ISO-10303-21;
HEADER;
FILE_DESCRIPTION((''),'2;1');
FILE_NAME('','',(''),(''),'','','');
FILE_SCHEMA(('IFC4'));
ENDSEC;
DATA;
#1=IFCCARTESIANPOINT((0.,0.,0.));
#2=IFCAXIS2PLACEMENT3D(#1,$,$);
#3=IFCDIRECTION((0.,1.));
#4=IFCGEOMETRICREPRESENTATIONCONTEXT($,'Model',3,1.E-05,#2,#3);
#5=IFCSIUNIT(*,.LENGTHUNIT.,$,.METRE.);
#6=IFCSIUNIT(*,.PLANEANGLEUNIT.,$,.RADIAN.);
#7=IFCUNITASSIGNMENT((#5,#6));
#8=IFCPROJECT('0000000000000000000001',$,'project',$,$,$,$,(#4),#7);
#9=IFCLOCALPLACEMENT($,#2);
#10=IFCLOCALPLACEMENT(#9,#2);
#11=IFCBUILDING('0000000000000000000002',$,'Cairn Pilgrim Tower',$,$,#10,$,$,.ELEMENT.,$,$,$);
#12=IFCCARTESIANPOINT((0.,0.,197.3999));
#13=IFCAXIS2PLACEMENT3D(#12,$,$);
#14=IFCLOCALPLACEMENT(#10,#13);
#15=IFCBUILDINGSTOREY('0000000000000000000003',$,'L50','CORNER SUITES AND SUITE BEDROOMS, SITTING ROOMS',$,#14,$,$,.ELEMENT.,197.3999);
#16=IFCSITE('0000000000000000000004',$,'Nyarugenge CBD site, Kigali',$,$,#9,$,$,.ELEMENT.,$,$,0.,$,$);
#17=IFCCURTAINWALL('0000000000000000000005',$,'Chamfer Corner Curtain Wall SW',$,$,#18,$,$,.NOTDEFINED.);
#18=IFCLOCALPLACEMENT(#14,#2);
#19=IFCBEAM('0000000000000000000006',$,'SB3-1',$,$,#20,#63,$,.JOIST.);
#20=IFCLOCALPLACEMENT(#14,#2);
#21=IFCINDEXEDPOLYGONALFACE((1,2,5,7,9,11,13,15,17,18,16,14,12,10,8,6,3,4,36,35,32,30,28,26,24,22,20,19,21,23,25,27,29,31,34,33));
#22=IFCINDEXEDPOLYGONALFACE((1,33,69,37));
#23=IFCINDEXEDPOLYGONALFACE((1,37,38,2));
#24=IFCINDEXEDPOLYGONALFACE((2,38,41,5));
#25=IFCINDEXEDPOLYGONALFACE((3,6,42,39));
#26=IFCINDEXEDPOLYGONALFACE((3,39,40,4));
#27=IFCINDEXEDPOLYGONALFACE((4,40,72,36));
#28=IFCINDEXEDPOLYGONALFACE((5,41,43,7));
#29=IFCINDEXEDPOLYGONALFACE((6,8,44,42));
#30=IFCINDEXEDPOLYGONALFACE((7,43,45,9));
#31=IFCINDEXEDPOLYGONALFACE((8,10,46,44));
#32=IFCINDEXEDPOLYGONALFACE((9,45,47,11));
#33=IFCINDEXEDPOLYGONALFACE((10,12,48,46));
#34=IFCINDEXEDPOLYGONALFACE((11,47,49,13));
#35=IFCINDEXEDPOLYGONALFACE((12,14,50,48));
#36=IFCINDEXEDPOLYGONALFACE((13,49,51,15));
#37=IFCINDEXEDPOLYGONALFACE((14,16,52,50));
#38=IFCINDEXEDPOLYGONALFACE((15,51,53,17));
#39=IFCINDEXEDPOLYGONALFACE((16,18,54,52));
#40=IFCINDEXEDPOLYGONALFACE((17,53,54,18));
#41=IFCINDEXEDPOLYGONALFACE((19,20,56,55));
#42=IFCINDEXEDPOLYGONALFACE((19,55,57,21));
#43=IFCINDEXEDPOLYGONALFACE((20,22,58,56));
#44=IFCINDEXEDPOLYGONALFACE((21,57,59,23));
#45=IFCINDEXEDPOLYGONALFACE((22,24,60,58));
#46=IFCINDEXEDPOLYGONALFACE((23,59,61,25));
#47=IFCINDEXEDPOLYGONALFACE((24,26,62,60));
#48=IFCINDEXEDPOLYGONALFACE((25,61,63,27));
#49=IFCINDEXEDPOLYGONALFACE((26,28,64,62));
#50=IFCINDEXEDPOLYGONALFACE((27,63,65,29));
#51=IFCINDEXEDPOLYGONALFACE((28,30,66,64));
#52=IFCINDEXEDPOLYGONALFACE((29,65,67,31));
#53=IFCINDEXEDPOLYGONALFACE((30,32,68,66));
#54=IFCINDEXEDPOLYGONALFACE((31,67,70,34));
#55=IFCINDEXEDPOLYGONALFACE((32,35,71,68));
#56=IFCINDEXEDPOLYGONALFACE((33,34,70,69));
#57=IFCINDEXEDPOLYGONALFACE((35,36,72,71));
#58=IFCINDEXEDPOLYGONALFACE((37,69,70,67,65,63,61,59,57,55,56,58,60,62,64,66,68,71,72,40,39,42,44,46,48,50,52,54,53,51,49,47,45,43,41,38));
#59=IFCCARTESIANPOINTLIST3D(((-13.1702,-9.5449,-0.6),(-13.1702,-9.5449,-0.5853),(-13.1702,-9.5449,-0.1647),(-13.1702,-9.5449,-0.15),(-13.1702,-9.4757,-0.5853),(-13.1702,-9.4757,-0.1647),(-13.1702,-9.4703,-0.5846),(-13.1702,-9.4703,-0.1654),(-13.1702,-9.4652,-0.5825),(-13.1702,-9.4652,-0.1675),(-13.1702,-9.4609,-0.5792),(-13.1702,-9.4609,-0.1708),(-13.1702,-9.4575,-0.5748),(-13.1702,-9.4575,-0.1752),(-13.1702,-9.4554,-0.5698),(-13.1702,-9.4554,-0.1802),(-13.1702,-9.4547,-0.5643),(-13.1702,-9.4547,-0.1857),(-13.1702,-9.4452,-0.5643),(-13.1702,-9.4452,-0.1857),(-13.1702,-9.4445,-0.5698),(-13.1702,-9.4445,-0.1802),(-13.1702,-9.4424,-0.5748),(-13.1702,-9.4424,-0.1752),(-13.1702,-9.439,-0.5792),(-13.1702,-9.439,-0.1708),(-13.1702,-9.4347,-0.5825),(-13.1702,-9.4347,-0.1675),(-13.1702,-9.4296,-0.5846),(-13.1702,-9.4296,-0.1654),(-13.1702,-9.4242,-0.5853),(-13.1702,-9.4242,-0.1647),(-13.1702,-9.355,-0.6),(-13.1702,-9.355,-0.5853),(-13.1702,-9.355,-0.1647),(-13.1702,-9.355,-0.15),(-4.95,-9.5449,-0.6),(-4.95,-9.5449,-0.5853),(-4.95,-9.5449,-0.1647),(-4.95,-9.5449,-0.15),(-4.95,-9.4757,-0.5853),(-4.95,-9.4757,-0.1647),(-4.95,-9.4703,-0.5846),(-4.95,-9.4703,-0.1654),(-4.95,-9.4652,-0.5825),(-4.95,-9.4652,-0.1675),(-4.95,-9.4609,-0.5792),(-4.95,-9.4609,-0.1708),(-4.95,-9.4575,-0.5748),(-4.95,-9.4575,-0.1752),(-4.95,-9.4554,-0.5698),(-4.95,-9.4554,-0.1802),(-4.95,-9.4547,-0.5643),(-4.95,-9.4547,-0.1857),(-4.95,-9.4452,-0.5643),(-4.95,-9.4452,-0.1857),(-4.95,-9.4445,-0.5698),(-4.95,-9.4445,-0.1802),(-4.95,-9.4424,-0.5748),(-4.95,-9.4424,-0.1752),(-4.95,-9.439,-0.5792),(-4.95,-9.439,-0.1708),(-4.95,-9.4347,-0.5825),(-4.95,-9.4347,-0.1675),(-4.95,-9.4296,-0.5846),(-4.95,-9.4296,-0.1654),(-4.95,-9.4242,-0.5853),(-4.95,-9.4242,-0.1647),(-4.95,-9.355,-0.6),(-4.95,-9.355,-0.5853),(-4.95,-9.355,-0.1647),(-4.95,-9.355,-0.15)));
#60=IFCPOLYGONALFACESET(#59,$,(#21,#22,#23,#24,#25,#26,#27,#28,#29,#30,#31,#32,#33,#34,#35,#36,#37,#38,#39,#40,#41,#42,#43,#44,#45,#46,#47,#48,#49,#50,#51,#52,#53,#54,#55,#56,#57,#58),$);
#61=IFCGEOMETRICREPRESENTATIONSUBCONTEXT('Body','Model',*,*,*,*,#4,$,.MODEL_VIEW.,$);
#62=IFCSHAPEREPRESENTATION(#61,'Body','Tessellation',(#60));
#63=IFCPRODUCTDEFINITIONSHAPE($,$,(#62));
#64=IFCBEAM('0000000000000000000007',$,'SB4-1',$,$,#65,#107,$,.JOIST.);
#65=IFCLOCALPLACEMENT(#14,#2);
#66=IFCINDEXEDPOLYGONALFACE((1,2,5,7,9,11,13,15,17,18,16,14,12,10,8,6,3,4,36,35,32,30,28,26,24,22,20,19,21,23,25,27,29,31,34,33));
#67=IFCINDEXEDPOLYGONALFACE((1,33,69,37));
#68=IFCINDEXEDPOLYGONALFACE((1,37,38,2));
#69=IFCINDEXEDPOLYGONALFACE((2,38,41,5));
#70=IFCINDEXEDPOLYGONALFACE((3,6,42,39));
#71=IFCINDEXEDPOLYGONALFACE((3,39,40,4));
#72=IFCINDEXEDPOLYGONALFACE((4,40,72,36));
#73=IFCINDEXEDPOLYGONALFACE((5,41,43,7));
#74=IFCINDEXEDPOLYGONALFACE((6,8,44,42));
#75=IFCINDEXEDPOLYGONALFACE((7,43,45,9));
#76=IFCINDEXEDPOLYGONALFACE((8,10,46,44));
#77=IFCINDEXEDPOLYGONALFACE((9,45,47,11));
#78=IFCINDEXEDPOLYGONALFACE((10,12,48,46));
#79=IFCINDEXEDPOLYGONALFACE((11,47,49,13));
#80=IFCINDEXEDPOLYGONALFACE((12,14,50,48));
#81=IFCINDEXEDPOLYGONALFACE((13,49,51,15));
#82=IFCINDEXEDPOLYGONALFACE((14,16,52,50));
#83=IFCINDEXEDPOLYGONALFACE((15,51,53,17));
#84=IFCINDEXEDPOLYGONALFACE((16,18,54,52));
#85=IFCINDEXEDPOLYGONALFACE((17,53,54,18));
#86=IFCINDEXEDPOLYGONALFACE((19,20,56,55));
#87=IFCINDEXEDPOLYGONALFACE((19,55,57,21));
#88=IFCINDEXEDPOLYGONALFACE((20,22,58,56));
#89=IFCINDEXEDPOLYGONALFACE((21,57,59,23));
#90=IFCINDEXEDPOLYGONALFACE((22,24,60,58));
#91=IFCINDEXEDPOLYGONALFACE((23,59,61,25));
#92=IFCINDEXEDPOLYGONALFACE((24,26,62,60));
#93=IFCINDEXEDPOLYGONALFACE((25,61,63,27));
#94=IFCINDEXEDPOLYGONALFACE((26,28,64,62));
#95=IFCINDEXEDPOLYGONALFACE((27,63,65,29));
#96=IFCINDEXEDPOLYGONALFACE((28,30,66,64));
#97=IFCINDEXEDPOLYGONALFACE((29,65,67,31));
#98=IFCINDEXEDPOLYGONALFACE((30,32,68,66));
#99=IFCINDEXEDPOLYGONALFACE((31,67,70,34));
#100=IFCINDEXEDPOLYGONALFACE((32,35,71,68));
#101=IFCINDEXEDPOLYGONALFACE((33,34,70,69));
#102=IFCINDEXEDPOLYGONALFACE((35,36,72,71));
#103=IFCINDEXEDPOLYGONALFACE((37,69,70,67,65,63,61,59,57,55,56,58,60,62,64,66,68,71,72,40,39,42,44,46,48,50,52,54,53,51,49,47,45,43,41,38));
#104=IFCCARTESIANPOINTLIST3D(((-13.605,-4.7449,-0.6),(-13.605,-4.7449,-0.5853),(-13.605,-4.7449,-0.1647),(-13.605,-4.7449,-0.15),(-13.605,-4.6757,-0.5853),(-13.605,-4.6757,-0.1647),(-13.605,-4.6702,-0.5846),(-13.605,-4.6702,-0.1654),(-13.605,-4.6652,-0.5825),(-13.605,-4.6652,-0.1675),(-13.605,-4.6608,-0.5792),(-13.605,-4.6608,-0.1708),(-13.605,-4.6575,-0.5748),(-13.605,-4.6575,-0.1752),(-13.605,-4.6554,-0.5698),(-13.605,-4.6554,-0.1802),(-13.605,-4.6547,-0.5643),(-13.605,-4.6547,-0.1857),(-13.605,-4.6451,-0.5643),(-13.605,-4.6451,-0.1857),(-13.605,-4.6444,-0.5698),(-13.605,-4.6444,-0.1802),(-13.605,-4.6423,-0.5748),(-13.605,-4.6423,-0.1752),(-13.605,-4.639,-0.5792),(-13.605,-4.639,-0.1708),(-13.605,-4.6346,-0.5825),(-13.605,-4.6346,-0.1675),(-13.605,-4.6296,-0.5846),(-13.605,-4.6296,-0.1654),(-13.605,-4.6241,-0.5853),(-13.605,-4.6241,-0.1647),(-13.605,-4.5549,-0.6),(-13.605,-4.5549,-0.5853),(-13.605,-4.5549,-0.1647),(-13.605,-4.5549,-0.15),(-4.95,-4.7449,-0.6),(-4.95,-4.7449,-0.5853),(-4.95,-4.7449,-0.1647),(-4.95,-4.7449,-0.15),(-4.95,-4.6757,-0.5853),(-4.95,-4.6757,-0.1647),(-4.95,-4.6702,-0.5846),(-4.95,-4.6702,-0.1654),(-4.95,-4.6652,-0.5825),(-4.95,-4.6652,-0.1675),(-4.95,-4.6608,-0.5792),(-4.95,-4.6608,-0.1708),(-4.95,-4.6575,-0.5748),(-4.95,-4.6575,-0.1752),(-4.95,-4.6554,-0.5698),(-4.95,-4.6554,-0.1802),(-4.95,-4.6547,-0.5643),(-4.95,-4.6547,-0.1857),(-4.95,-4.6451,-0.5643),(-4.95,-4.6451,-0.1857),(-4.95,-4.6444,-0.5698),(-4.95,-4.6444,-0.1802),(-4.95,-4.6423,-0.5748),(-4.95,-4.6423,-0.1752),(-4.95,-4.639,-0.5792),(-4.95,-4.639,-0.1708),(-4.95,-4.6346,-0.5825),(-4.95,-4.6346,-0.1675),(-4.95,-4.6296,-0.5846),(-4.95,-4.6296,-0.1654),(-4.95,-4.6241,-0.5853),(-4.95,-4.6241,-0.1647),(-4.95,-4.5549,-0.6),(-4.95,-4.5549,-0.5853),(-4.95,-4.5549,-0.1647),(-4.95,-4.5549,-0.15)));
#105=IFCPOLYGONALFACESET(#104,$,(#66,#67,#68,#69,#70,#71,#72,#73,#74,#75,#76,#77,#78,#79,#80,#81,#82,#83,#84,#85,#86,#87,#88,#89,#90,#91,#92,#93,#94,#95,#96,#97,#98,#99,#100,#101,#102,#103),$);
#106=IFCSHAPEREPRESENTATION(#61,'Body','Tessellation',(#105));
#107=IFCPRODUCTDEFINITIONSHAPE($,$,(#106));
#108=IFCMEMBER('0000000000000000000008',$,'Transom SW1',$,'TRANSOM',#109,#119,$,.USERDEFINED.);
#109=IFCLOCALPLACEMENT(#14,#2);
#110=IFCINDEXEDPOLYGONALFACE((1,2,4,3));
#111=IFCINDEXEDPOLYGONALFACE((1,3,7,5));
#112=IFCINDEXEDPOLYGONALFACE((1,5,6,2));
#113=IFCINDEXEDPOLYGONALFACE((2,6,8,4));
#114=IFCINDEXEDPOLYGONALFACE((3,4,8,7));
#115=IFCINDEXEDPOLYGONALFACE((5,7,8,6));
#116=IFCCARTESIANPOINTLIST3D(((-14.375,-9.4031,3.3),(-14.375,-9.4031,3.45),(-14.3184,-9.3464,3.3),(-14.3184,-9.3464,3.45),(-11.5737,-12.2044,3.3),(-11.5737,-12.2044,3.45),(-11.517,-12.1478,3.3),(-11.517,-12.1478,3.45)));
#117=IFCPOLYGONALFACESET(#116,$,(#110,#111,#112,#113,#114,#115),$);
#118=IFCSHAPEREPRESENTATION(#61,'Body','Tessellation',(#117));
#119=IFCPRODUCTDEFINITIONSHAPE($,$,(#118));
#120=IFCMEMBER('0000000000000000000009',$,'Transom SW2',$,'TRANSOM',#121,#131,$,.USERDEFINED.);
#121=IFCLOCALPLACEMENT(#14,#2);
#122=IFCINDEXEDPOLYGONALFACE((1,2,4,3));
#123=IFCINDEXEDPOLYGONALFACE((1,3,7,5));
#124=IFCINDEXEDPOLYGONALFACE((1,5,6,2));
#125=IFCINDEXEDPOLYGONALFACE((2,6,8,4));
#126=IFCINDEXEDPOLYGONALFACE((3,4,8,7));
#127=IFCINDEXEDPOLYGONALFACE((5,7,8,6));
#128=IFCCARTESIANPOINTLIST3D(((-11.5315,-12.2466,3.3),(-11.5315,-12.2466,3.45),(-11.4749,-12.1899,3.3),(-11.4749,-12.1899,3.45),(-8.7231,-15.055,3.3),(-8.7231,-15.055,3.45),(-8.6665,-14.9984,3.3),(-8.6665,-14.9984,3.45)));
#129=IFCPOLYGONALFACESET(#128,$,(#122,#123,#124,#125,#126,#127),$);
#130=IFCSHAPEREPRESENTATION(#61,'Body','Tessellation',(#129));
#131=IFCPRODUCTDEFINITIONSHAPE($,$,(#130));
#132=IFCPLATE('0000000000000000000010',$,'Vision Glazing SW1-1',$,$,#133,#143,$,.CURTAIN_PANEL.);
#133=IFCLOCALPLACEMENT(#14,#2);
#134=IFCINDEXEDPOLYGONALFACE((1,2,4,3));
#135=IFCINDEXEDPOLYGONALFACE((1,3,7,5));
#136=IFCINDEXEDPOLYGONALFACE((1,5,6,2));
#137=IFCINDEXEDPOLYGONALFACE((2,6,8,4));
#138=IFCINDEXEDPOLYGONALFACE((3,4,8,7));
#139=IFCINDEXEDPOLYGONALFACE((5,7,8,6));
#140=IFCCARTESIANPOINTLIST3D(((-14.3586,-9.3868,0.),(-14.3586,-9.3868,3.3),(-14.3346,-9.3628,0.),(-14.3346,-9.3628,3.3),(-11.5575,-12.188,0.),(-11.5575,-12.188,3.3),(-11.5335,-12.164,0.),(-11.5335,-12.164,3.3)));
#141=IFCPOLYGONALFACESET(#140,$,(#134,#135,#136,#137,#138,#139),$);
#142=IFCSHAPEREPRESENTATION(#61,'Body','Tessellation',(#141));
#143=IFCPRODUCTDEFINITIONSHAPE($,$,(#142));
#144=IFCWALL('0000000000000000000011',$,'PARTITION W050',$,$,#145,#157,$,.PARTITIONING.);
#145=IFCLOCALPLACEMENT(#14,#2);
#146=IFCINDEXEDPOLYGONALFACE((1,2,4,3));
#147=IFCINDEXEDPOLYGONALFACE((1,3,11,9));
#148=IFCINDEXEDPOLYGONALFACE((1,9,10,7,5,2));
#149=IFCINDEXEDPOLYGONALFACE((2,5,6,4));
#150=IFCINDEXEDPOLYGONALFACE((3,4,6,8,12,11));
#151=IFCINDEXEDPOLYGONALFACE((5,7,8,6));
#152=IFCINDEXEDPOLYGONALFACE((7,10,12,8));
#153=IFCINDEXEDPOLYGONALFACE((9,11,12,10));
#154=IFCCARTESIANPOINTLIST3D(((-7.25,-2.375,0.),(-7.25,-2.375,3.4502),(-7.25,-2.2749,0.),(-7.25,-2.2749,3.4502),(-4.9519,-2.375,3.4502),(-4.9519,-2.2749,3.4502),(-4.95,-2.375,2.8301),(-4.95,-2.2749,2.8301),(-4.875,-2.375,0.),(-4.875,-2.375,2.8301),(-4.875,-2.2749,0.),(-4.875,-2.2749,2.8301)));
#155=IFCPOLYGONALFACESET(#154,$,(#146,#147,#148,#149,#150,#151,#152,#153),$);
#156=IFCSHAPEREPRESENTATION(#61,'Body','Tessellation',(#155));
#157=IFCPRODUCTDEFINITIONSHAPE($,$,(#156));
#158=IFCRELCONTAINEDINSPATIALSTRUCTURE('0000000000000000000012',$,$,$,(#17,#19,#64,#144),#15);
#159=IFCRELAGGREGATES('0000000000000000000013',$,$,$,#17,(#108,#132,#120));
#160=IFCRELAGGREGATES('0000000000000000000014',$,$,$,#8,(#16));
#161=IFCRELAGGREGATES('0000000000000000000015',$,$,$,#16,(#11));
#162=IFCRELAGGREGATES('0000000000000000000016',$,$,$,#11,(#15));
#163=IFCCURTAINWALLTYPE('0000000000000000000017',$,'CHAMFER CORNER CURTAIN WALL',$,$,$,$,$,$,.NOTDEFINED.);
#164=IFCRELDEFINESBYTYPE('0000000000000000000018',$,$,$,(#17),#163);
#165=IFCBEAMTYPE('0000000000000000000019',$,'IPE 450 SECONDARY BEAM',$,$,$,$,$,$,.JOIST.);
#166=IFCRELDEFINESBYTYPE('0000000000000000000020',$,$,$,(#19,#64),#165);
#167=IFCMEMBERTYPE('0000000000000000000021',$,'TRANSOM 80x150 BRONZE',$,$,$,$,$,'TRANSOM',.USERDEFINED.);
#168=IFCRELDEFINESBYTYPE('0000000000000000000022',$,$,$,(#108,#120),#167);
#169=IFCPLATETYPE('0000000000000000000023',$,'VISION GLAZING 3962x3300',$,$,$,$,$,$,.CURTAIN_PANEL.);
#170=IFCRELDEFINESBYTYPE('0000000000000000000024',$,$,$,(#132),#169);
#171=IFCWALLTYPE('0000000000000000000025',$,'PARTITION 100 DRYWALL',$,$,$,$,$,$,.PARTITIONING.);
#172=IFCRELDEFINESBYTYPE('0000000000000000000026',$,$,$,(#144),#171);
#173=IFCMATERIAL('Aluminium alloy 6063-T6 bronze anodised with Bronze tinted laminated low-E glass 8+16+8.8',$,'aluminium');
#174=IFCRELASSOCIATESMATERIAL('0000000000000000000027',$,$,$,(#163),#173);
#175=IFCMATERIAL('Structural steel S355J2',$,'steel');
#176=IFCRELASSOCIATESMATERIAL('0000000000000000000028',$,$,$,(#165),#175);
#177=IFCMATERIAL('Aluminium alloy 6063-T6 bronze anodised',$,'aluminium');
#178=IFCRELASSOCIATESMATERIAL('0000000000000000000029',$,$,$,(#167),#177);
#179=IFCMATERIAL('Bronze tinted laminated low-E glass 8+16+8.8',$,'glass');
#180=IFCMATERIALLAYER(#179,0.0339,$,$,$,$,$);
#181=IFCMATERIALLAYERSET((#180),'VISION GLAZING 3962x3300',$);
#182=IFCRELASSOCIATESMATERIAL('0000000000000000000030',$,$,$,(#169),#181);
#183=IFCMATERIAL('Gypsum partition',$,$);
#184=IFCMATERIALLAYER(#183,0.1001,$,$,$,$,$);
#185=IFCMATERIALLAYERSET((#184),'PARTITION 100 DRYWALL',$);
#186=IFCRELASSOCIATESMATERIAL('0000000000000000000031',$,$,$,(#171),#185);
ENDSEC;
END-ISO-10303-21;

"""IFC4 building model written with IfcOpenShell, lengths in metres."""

from ifc_helpers import new_model, si_unit, direction, frame, origin, origin_2d, place, context, subcontext, project, spatial, polyline, rectangle, i_section, outline, extrude, material, layer, layer_set, material_profile, profile_set, type_object, element, aggregate, save


model = new_model("IFC4")

# Units and contexts
model_context = context("Model", 3, precision=1e-05, world=origin(), true_north=direction((0.0, 1.0)))
body_context = subcontext(model_context, "Body", "Model", "MODEL_VIEW")
ifc_project = project(units=[si_unit("LENGTHUNIT", "METRE"), si_unit("PLANEANGLEUNIT", "RADIAN")], contexts=[model_context])

# Site, building, storey
site_placement = place(None, origin())
site = spatial("IfcSite", under=ifc_project, at=site_placement, Name="Nyarugenge CBD site, Kigali", CompositionType="ELEMENT", RefElevation=0.0)
building_placement = place(site_placement, origin())
building = spatial("IfcBuilding", under=site, at=building_placement, Name="Cairn Pilgrim Tower", CompositionType="ELEMENT")
storey_placement = place(building_placement, frame((0.0, 0.0, 197.3999)))
storey = spatial("IfcBuildingStorey", under=building, at=storey_placement, Name="L50", Description="CORNER SUITES AND SUITE BEDROOMS, SITTING ROOMS", CompositionType="ELEMENT", Elevation=197.3999)

# Shared definitions
ifc_material_1 = material(Name="Structural steel S355J2", Category="steel")

# Shared definitions
ifc_material_2 = material(Name="Aluminium alloy 6063-T6 bronze anodised with Bronze tinted laminated low-E glass 8+16+8.8", Category="aluminium")
ifc_material_3 = material(Name="Aluminium alloy 6063-T6 bronze anodised", Category="aluminium")

# Curtain wall
curtain_wall_type_1 = type_object("IfcCurtainWallType", Name="CHAMFER CORNER CURTAIN WALL", PredefinedType="NOTDEFINED", material=ifc_material_2)
curtain_wall_1_placement = place(storey_placement, origin())
curtain_wall_1 = element("IfcCurtainWall", 1, at=curtain_wall_1_placement, inside=storey, type_object=curtain_wall_type_1, Name="Chamfer Corner Curtain Wall SW", PredefinedType="NOTDEFINED")

# Beams
ifc_material_profile_1 = material_profile(ifc_material_1, i_section(OverallWidth=0.1899, OverallDepth=0.45, WebThickness=0.0095, FlangeThickness=0.0146, FilletRadius=0.021, at=origin_2d()), Name="IPE 450")
ifc_profile_set_1 = profile_set([ifc_material_profile_1], Name="Structural steel S355J2")
beam_type_1 = type_object("IfcBeamType", Name="IPE 450 SECONDARY BEAM", PredefinedType="JOIST", material=ifc_profile_set_1)
beam_1_placement = place(storey_placement, frame((-13.1702, -9.45, -0.375), z_axis=(1.0, 0.0, 0.0), x_axis=(0.0, 1.0, 0.0)))
element("IfcBeam", 2, at=beam_1_placement, inside=storey, type_object=beam_type_1, Name="SB3-1", PredefinedType="JOIST", context=body_context, shape_type="SweptSolid", body=[
    extrude(i_section(OverallWidth=0.1899, OverallDepth=0.45, WebThickness=0.0095, FlangeThickness=0.0146, FilletRadius=0.021, at=origin_2d()), origin(), (0.0, 0.0, 1.0), 8.2202),
])
beam_2_placement = place(storey_placement, frame((-13.605, -4.6499, -0.375), z_axis=(1.0, 0.0, 0.0), x_axis=(0.0, 1.0, 0.0)))
element("IfcBeam", 3, at=beam_2_placement, inside=storey, type_object=beam_type_1, Name="SB4-1", PredefinedType="JOIST", context=body_context, shape_type="SweptSolid", body=[
    extrude(i_section(OverallWidth=0.1899, OverallDepth=0.45, WebThickness=0.0095, FlangeThickness=0.0146, FilletRadius=0.021, at=origin_2d()), origin(), (0.0, 0.0, 1.0), 8.655),
])

# Members
ifc_material_profile_2 = material_profile(ifc_material_3, rectangle(XDim=0.0801, YDim=0.1499, at=origin_2d()), Name="TRANSOM 80x150 BRONZE")
ifc_profile_set_2 = profile_set([ifc_material_profile_2], Name="Aluminium alloy 6063-T6 bronze anodised")
member_type_1 = type_object("IfcMemberType", Name="TRANSOM 80x150 BRONZE", ElementType="TRANSOM", PredefinedType="USERDEFINED", material=ifc_profile_set_2)
member_1_placement = place(storey_placement, frame((-14.3467, -9.3748, 3.375), z_axis=(0.707107, -0.707107, 0.0), x_axis=(0.707107, 0.707107, 0.0)))
member_1 = element("IfcMember", 4, at=member_1_placement, type_object=member_type_1, Name="Transom SW1", ObjectType="TRANSOM", PredefinedType="USERDEFINED", context=body_context, shape_type="SweptSolid", body=[
    extrude(rectangle(XDim=0.0801, YDim=0.1499, at=origin_2d()), origin(), (0.0, 0.0, 1.0), 3.9617),
])
member_2_placement = place(storey_placement, frame((-11.5032, -12.2183, 3.375), z_axis=(0.707107, -0.707107, 0.0), x_axis=(0.707107, 0.707107, 0.0)))
member_2 = element("IfcMember", 5, at=member_2_placement, type_object=member_type_1, Name="Transom SW2", ObjectType="TRANSOM", PredefinedType="USERDEFINED", context=body_context, shape_type="SweptSolid", body=[
    extrude(rectangle(XDim=0.0801, YDim=0.1499, at=origin_2d()), origin(), (0.0, 0.0, 1.0), 3.9717),
])

# Plate
ifc_material_4 = material(Name="Bronze tinted laminated low-E glass 8+16+8.8", Category="glass")
ifc_layer_1 = layer(ifc_material_4, 0.0339)
ifc_layer_set_1 = layer_set([ifc_layer_1], Name="VISION GLAZING 3962x3300")
plate_type = type_object("IfcPlateType", Name="VISION GLAZING 3962x3300", PredefinedType="CURTAIN_PANEL", material=ifc_layer_set_1)
plate_placement = place(storey_placement, frame((-12.946, -10.7754, 0.0), z_axis=(0.0, 0.0, 1.0), x_axis=(0.707107, -0.707107, 0.0)))
plate = element("IfcPlate", 6, at=plate_placement, type_object=plate_type, Name="Vision Glazing SW1-1", PredefinedType="CURTAIN_PANEL", context=body_context, shape_type="SweptSolid", body=[
    extrude(rectangle(XDim=3.9614, YDim=0.0339, at=origin_2d()), origin(), (0.0, 0.0, 1.0), 3.3),
])
aggregate(curtain_wall_1, [member_1, plate, member_2])

# Wall
ifc_material_5 = material(Name="Gypsum partition")
ifc_layer_2 = layer(ifc_material_5, 0.1001)
ifc_layer_set_2 = layer_set([ifc_layer_2], Name="PARTITION 100 DRYWALL")
wall_type_1 = type_object("IfcWallType", Name="PARTITION 100 DRYWALL", PredefinedType="PARTITIONING", material=ifc_layer_set_2)
wall_1_placement = place(storey_placement, frame((-7.25, -2.325, 0.0), z_axis=(0.0, 0.0, 1.0), x_axis=(1.0, 0.0, 0.0)))
element("IfcWall", 7, at=wall_1_placement, inside=storey, type_object=wall_type_1, Name="PARTITION W050", PredefinedType="PARTITIONING", context=body_context, shape_type="SweptSolid", body=[
    extrude(outline(polyline([(0.0, 0.0), (2.375, 0.0), (2.375, 2.8301), (2.3, 2.8301), (2.2981, 3.4502), (0.0, 3.4502), (0.0, 0.0)])), frame((0.0, 0.05, 0.0), z_axis=(0.0, -1.0, 0.0), x_axis=(1.0, 0.0, 0.0)), (0.0, 0.0, 1.0), 0.1001),
])

save(model, "model.ifc")
